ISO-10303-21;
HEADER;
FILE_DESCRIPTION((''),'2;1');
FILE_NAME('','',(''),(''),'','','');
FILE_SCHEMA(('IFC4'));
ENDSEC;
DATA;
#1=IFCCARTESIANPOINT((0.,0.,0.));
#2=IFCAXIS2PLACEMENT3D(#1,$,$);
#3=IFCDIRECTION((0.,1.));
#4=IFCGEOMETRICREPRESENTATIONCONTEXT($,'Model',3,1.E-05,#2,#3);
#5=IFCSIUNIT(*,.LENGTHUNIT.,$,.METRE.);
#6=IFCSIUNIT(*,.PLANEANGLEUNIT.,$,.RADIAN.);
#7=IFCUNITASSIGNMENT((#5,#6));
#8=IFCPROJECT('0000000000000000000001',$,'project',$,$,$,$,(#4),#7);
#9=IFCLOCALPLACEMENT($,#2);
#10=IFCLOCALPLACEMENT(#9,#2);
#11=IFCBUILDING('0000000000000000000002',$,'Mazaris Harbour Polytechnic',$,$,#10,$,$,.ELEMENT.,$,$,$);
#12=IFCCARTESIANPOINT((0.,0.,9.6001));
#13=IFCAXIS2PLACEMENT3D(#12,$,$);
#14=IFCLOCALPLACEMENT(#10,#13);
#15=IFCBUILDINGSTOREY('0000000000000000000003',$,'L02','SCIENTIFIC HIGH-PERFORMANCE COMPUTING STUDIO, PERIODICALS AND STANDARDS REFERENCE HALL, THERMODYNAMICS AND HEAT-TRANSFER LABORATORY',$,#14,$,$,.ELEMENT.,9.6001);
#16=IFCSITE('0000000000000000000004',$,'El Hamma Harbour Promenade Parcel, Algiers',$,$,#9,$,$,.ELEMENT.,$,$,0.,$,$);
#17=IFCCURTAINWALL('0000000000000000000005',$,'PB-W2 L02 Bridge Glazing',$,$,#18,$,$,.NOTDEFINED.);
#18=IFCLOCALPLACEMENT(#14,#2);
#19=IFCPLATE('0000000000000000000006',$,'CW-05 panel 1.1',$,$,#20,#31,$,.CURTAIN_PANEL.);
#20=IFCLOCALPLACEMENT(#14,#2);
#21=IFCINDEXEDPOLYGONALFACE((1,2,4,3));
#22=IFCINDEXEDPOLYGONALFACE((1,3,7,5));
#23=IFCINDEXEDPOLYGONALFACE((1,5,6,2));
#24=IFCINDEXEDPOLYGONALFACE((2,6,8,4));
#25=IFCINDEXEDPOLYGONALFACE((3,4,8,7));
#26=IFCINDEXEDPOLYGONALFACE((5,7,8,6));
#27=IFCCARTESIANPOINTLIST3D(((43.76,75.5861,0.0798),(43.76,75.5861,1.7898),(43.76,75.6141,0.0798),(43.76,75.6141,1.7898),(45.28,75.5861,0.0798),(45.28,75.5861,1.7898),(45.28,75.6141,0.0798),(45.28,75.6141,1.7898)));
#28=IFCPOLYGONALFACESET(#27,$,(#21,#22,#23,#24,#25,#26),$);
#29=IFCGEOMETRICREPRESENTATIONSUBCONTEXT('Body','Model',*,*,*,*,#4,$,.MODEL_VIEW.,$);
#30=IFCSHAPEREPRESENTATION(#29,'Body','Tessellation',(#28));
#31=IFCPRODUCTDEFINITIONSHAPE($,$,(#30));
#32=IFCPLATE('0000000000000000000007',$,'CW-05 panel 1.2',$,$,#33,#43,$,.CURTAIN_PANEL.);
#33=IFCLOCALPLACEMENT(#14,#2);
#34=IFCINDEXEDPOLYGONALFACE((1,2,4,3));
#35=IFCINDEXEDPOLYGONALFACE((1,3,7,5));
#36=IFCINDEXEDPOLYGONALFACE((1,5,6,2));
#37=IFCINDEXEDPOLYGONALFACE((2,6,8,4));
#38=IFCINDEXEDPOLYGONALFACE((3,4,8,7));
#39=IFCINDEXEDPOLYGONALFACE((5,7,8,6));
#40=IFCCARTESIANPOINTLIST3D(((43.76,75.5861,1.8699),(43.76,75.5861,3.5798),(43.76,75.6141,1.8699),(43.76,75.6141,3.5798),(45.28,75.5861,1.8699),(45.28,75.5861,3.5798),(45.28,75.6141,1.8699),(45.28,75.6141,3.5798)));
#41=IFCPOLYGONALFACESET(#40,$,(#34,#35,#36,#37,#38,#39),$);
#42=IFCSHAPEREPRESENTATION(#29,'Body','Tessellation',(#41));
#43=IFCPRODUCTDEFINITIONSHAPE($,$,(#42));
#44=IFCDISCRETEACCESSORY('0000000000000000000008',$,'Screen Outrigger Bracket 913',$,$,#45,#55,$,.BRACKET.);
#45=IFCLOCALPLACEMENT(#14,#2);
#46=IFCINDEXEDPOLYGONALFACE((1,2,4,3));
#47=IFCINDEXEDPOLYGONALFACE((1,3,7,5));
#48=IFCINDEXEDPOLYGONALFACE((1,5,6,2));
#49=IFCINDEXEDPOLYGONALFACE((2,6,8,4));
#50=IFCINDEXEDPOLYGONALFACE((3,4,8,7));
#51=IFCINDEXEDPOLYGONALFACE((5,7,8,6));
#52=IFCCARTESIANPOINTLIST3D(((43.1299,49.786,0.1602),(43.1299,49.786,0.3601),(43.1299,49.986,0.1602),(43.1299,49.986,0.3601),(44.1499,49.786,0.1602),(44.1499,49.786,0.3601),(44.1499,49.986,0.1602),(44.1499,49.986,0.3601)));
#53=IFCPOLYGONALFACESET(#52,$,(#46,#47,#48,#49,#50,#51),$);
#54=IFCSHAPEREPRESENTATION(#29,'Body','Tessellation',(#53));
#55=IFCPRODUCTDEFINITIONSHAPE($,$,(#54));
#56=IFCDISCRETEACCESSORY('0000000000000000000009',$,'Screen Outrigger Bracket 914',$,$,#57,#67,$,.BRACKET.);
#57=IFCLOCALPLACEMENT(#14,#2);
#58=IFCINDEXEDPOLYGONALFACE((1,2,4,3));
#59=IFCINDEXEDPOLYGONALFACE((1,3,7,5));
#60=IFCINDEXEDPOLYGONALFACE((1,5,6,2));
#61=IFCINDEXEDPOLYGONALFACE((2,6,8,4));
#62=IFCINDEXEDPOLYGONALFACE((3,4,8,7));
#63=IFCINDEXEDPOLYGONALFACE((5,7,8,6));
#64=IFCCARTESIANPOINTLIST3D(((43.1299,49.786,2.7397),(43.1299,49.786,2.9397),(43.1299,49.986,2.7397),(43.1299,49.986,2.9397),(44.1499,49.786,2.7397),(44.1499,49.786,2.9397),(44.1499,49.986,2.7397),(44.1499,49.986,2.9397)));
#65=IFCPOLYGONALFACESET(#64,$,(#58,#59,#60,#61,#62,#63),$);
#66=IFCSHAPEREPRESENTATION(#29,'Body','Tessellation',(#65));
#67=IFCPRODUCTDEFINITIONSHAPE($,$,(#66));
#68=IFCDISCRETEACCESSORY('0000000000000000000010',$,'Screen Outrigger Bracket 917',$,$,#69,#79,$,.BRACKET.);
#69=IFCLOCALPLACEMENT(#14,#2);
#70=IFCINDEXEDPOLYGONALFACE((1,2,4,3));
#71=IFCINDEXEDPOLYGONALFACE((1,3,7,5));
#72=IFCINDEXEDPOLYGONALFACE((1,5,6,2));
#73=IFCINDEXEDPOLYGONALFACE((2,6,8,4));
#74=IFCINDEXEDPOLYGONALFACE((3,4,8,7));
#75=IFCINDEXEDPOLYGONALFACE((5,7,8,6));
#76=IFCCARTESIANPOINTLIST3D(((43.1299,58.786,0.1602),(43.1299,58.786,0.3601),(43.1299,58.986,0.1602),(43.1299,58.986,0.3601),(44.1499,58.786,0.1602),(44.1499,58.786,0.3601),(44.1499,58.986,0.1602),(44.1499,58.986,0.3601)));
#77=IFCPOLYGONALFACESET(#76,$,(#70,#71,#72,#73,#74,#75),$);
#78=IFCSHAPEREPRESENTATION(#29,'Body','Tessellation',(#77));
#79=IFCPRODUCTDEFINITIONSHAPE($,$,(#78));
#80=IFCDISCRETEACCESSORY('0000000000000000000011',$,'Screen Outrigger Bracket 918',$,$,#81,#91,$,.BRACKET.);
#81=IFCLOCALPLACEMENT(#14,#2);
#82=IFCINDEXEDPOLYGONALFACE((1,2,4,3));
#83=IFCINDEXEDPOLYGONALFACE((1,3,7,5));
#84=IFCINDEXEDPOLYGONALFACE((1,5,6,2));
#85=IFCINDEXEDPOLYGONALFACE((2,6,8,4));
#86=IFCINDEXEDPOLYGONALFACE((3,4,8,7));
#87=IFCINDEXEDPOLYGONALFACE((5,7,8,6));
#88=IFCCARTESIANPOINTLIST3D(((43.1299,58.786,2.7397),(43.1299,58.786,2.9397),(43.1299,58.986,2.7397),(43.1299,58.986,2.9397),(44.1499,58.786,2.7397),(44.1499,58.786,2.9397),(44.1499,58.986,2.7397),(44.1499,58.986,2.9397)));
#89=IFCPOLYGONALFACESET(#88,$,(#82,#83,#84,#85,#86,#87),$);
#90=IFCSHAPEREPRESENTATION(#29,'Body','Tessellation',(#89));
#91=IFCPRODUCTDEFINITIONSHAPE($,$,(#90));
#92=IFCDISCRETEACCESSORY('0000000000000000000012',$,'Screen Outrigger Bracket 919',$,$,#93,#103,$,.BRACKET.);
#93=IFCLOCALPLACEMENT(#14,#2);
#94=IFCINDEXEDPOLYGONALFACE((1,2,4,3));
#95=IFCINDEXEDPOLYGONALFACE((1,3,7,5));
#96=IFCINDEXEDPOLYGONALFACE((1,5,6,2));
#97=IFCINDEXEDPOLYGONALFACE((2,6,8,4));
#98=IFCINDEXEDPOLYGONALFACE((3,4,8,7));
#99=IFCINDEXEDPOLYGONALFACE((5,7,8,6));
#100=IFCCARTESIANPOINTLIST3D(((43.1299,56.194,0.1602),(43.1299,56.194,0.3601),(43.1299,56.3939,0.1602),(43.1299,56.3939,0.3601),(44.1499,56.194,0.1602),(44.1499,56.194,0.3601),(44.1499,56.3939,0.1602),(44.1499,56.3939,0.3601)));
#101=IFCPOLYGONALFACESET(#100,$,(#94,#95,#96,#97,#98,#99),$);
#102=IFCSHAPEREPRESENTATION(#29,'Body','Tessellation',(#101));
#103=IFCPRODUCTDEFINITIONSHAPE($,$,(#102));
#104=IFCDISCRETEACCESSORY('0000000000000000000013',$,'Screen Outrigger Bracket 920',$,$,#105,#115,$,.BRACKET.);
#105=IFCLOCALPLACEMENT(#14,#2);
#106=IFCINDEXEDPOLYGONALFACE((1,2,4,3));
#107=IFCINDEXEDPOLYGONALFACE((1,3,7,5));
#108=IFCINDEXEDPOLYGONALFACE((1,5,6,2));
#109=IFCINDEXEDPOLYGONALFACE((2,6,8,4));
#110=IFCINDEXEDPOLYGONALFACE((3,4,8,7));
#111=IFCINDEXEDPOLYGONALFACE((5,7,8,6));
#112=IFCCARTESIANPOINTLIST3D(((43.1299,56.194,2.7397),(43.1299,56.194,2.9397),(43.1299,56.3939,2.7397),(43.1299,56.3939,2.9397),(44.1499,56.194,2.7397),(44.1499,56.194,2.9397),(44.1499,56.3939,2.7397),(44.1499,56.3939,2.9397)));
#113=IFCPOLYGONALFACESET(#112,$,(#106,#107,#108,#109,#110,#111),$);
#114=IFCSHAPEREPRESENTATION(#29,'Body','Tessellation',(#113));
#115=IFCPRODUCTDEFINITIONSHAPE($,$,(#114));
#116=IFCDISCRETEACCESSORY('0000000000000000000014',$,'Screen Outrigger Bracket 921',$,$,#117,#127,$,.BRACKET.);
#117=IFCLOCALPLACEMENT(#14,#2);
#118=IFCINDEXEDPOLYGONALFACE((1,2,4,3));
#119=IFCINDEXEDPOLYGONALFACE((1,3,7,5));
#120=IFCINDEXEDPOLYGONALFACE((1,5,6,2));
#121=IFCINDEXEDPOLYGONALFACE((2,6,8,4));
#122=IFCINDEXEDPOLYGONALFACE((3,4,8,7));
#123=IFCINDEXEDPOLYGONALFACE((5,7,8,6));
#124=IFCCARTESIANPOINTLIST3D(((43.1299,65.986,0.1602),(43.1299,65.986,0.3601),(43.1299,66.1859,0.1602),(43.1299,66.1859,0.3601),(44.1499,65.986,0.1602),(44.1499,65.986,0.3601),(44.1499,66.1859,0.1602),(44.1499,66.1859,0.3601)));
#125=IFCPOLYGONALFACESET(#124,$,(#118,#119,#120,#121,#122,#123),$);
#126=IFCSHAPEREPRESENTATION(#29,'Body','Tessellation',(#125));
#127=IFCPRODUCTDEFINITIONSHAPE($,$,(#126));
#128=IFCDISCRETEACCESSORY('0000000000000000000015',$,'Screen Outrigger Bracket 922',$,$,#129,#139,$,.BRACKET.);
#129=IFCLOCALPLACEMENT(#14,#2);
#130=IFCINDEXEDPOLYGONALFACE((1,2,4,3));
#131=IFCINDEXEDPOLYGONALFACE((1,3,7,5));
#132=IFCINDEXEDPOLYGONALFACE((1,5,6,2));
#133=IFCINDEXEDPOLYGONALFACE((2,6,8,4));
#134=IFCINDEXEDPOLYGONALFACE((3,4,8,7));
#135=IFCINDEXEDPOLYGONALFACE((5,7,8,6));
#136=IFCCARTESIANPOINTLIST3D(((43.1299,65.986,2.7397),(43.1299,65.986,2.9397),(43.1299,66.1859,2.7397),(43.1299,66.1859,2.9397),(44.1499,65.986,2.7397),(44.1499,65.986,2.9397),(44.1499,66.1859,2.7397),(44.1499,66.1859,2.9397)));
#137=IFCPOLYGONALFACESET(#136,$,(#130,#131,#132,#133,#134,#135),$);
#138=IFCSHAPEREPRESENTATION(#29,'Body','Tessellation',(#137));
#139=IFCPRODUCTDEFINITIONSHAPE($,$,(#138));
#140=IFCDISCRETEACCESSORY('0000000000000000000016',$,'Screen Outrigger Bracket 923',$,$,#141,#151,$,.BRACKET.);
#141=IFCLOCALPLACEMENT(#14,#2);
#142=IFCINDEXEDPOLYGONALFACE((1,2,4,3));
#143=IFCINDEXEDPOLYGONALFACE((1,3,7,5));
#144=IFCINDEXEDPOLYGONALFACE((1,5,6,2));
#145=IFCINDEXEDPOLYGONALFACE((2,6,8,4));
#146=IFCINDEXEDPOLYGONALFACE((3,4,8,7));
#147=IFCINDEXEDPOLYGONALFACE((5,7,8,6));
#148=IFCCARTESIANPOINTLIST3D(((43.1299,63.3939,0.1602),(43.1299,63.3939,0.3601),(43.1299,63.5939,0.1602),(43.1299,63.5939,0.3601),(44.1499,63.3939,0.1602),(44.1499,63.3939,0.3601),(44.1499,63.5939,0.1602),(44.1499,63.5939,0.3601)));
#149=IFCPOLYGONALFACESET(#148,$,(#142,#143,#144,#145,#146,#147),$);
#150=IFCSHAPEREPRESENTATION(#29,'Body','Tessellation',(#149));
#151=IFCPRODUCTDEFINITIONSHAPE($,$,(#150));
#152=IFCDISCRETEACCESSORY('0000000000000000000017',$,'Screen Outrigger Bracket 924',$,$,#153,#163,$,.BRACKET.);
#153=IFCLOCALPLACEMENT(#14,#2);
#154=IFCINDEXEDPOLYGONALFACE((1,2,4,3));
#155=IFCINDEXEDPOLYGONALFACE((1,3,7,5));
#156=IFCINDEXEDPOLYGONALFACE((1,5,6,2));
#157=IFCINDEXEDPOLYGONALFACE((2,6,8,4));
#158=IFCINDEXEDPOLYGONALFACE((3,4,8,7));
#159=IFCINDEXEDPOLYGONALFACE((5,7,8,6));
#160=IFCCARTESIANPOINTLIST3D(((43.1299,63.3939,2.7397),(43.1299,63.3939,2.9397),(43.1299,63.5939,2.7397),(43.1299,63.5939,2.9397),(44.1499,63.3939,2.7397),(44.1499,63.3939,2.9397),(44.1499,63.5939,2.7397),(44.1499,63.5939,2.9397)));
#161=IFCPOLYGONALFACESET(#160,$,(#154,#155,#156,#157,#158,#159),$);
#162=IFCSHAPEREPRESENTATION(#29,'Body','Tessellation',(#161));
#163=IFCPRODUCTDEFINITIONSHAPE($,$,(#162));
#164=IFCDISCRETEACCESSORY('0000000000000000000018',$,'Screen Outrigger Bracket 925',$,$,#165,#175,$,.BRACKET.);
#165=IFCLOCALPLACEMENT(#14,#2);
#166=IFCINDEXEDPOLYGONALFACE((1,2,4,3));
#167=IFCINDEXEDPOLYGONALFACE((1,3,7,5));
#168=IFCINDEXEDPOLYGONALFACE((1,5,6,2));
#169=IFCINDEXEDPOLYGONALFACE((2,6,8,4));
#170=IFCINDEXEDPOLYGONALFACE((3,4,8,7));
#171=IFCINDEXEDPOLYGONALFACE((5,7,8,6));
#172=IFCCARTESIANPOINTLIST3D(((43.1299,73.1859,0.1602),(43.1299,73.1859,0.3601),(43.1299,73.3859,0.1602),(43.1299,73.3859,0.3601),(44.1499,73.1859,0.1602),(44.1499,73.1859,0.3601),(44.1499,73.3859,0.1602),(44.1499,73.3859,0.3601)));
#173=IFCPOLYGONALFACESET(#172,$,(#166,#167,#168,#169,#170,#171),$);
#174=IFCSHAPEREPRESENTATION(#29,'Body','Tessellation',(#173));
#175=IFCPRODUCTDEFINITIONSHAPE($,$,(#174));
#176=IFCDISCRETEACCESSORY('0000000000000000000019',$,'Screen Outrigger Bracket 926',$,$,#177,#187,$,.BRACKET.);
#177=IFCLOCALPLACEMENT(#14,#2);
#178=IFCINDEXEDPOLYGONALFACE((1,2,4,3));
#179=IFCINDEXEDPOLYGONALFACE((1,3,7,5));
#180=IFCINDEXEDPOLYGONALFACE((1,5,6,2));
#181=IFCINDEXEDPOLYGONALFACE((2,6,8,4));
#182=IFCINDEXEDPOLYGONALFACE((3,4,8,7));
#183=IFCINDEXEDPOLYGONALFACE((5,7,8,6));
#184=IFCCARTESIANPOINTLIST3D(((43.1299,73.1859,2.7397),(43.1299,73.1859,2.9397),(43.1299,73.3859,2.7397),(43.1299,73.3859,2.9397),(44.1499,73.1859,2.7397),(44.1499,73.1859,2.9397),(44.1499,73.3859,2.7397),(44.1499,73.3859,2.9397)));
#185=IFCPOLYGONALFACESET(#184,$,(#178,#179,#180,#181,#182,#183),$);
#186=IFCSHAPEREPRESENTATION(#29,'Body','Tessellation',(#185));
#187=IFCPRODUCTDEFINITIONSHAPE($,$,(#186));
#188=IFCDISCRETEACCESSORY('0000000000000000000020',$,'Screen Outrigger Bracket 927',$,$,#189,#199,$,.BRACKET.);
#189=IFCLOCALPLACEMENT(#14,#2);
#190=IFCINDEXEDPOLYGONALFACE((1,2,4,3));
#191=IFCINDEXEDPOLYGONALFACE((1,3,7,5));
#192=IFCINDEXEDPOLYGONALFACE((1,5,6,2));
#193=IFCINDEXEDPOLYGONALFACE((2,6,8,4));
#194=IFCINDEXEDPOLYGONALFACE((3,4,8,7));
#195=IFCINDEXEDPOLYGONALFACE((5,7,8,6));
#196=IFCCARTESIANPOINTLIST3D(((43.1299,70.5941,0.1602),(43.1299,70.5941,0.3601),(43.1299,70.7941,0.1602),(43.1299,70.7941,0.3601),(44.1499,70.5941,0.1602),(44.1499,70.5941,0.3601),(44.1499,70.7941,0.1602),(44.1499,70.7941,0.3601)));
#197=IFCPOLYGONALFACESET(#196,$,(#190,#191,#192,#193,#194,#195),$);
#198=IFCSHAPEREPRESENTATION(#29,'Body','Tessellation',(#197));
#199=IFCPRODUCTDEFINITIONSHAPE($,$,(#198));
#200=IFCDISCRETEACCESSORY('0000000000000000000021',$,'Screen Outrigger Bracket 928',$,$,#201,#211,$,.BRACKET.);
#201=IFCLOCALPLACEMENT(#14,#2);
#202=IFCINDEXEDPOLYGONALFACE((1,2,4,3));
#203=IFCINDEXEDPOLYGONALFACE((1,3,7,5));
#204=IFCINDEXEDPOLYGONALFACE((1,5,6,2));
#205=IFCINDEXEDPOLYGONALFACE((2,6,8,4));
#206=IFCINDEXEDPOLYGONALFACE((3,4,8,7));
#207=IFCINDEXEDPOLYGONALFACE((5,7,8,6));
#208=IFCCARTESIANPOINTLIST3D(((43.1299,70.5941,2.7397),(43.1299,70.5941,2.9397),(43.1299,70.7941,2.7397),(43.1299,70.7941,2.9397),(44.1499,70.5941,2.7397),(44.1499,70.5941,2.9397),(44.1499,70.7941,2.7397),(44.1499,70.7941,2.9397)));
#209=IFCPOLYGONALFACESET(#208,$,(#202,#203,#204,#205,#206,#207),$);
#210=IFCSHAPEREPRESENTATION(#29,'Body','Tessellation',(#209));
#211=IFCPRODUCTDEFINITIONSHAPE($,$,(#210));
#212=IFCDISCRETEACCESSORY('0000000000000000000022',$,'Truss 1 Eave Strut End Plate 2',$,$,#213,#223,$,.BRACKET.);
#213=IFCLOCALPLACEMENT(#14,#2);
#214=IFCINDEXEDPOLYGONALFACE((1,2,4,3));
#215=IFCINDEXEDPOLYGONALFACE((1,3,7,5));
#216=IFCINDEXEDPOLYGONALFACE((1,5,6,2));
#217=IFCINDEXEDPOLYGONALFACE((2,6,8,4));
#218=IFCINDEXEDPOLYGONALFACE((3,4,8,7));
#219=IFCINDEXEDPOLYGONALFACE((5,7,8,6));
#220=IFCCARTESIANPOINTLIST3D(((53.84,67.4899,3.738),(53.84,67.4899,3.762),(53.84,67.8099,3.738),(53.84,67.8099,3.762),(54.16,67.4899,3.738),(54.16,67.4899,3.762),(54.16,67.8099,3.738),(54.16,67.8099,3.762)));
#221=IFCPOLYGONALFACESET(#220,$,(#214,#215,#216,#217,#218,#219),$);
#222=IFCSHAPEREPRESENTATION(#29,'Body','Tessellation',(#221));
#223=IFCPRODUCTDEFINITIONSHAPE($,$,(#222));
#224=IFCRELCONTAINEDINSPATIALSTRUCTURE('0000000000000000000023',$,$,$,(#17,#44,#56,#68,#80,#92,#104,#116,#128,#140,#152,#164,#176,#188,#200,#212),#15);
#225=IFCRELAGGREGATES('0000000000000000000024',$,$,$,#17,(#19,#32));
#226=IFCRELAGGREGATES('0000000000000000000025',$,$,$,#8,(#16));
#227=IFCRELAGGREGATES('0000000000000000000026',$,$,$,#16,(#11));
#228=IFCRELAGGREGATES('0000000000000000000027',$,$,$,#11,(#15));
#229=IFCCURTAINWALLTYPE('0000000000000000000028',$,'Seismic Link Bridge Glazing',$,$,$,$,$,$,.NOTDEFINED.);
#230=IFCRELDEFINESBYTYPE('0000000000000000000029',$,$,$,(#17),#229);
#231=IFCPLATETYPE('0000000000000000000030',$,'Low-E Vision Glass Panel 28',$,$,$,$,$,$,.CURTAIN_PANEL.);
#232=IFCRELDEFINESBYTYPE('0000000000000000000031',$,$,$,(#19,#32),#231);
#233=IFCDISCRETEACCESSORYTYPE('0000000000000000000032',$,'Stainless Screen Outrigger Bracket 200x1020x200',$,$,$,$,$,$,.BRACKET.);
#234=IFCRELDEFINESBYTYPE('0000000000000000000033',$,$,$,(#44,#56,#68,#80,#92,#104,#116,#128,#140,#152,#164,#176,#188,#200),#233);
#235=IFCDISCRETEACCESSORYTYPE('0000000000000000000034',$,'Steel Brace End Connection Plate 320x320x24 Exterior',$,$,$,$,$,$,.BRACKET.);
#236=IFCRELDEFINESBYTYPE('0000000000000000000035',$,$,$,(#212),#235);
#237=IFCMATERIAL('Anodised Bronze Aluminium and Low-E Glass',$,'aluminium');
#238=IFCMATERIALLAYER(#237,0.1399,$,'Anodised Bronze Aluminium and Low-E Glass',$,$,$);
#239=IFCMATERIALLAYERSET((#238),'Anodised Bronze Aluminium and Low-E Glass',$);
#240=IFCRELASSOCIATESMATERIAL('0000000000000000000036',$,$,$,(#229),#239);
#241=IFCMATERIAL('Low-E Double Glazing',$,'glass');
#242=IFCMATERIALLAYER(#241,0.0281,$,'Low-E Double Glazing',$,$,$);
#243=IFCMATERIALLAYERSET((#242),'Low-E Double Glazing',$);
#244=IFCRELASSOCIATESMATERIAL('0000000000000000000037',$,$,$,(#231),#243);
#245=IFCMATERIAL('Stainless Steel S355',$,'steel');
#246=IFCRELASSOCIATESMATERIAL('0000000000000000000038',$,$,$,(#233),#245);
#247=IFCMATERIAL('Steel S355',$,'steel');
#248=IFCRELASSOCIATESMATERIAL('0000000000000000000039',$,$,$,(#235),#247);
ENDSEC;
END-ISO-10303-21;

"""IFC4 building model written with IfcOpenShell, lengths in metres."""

from ifc_helpers import new_model, si_unit, direction, frame, origin, origin_2d, place, context, subcontext, project, spatial, rectangle, extrude, material, layer, layer_set, type_object, element, aggregate, save


model = new_model("IFC4")

# Units and contexts
model_context = context("Model", 3, precision=1e-05, world=origin(), true_north=direction((0.0, 1.0)))
body_context = subcontext(model_context, "Body", "Model", "MODEL_VIEW")
ifc_project = project(units=[si_unit("LENGTHUNIT", "METRE"), si_unit("PLANEANGLEUNIT", "RADIAN")], contexts=[model_context])

# Site, building, storey
site_placement = place(None, origin())
site = spatial("IfcSite", under=ifc_project, at=site_placement, Name="El Hamma Harbour Promenade Parcel, Algiers", CompositionType="ELEMENT", RefElevation=0.0)
building_placement = place(site_placement, origin())
building = spatial("IfcBuilding", under=site, at=building_placement, Name="Mazaris Harbour Polytechnic", CompositionType="ELEMENT")
storey_placement = place(building_placement, frame((0.0, 0.0, 9.6001)))
storey = spatial("IfcBuildingStorey", under=building, at=storey_placement, Name="L02", Description="SCIENTIFIC HIGH-PERFORMANCE COMPUTING STUDIO, PERIODICALS AND STANDARDS REFERENCE HALL, THERMODYNAMICS AND HEAT-TRANSFER LABORATORY", CompositionType="ELEMENT", Elevation=9.6001)

# Curtain wall
ifc_material_1 = material(Name="Anodised Bronze Aluminium and Low-E Glass", Category="aluminium")
ifc_layer_1 = layer(ifc_material_1, 0.1399, Name="Anodised Bronze Aluminium and Low-E Glass")
ifc_layer_set_1 = layer_set([ifc_layer_1], Name="Anodised Bronze Aluminium and Low-E Glass")
curtain_wall_type = type_object("IfcCurtainWallType", Name="Seismic Link Bridge Glazing", PredefinedType="NOTDEFINED", material=ifc_layer_set_1)
curtain_wall_placement = place(storey_placement, origin())
curtain_wall = element("IfcCurtainWall", 1, at=curtain_wall_placement, inside=storey, type_object=curtain_wall_type, Name="PB-W2 L02 Bridge Glazing", PredefinedType="NOTDEFINED")

# Plates
ifc_material_2 = material(Name="Low-E Double Glazing", Category="glass")
ifc_layer_2 = layer(ifc_material_2, 0.0281, Name="Low-E Double Glazing")
ifc_layer_set_2 = layer_set([ifc_layer_2], Name="Low-E Double Glazing")
plate_type = type_object("IfcPlateType", Name="Low-E Vision Glass Panel 28", PredefinedType="CURTAIN_PANEL", material=ifc_layer_set_2)
plate_1_placement = place(storey_placement, frame((44.52, 75.6001, 0.0798), z_axis=(0.0, 0.0, 1.0), x_axis=(1.0, 0.0, 0.0)))
plate_1 = element("IfcPlate", 2, at=plate_1_placement, type_object=plate_type, Name="CW-05 panel 1.1", PredefinedType="CURTAIN_PANEL", context=body_context, shape_type="SweptSolid", body=[
    extrude(rectangle(XDim=1.52, YDim=0.0281, at=origin_2d()), origin(), (0.0, 0.0, 1.0), 1.71),
])
plate_2_placement = place(storey_placement, frame((44.52, 75.6001, 1.8699), z_axis=(0.0, 0.0, 1.0), x_axis=(1.0, 0.0, 0.0)))
plate_2 = element("IfcPlate", 3, at=plate_2_placement, type_object=plate_type, Name="CW-05 panel 1.2", PredefinedType="CURTAIN_PANEL", context=body_context, shape_type="SweptSolid", body=[
    extrude(rectangle(XDim=1.52, YDim=0.0281, at=origin_2d()), origin(), (0.0, 0.0, 1.0), 1.71),
])
aggregate(curtain_wall, [plate_1, plate_2])

# Discrete accessories
ifc_material_3 = material(Name="Stainless Steel S355", Category="steel")
discrete_accessory_type_1 = type_object("IfcDiscreteAccessoryType", Name="Stainless Screen Outrigger Bracket 200x1020x200", PredefinedType="BRACKET", material=ifc_material_3)
for number, where, z_axis, x_axis, name in (
    (4, (43.6399, 49.886, 0.1602), (0.0, 0.0, 1.0), (0.0, -1.0, 0.0), "Screen Outrigger Bracket 913"),
    (5, (43.6399, 49.886, 2.7397), (0.0, 0.0, 1.0), (0.0, -1.0, 0.0), "Screen Outrigger Bracket 914"),
    (6, (43.6399, 58.886, 0.1602), (0.0, 0.0, 1.0), (0.0, -1.0, 0.0), "Screen Outrigger Bracket 917"),
    (7, (43.6399, 58.886, 2.7397), (0.0, 0.0, 1.0), (0.0, -1.0, 0.0), "Screen Outrigger Bracket 918"),
    (8, (43.6399, 56.2939, 0.1602), (0.0, 0.0, 1.0), (0.0, -1.0, 0.0), "Screen Outrigger Bracket 919"),
    (9, (43.6399, 56.2939, 2.7397), (0.0, 0.0, 1.0), (0.0, -1.0, 0.0), "Screen Outrigger Bracket 920"),
    (10, (43.6399, 66.0859, 0.1602), (0.0, 0.0, 1.0), (0.0, -1.0, 0.0), "Screen Outrigger Bracket 921"),
    (11, (43.6399, 66.0859, 2.7397), (0.0, 0.0, 1.0), (0.0, -1.0, 0.0), "Screen Outrigger Bracket 922"),
    (12, (43.6399, 63.4939, 0.1602), (0.0, 0.0, 1.0), (0.0, -1.0, 0.0), "Screen Outrigger Bracket 923"),
    (13, (43.6399, 63.4939, 2.7397), (0.0, 0.0, 1.0), (0.0, -1.0, 0.0), "Screen Outrigger Bracket 924"),
    (14, (43.6399, 73.2859, 0.1602), (0.0, 0.0, 1.0), (0.0, -1.0, 0.0), "Screen Outrigger Bracket 925"),
    (15, (43.6399, 73.2859, 2.7397), (0.0, 0.0, 1.0), (0.0, -1.0, 0.0), "Screen Outrigger Bracket 926"),
    (16, (43.6399, 70.6941, 0.1602), (0.0, 0.0, 1.0), (0.0, -1.0, 0.0), "Screen Outrigger Bracket 927"),
    (17, (43.6399, 70.6941, 2.7397), (0.0, 0.0, 1.0), (0.0, -1.0, 0.0), "Screen Outrigger Bracket 928"),
):
    element("IfcDiscreteAccessory", number, at=place(storey_placement, frame(where, z_axis=z_axis, x_axis=x_axis)), inside=storey, type_object=discrete_accessory_type_1, Name=name, PredefinedType="BRACKET", context=body_context, shape_type="SweptSolid", body=[
        extrude(rectangle(XDim=0.2, YDim=1.02, at=origin_2d()), origin(), (0.0, 0.0, 1.0), 0.2),
    ])
ifc_material_4 = material(Name="Steel S355", Category="steel")
discrete_accessory_type_2 = type_object("IfcDiscreteAccessoryType", Name="Steel Brace End Connection Plate 320x320x24 Exterior", PredefinedType="BRACKET", material=ifc_material_4)
discrete_accessory_placement = place(storey_placement, frame((54.0, 67.6499, 3.738), z_axis=(0.0, 0.0, 1.0), x_axis=(1.0, 0.0, 0.0)))
element("IfcDiscreteAccessory", 18, at=discrete_accessory_placement, inside=storey, type_object=discrete_accessory_type_2, Name="Truss 1 Eave Strut End Plate 2", PredefinedType="BRACKET", context=body_context, shape_type="SweptSolid", body=[
    extrude(rectangle(XDim=0.3201, YDim=0.3201, at=origin_2d()), origin(), (0.0, 0.0, 1.0), 0.0239),
])

save(model, "model.ifc")
